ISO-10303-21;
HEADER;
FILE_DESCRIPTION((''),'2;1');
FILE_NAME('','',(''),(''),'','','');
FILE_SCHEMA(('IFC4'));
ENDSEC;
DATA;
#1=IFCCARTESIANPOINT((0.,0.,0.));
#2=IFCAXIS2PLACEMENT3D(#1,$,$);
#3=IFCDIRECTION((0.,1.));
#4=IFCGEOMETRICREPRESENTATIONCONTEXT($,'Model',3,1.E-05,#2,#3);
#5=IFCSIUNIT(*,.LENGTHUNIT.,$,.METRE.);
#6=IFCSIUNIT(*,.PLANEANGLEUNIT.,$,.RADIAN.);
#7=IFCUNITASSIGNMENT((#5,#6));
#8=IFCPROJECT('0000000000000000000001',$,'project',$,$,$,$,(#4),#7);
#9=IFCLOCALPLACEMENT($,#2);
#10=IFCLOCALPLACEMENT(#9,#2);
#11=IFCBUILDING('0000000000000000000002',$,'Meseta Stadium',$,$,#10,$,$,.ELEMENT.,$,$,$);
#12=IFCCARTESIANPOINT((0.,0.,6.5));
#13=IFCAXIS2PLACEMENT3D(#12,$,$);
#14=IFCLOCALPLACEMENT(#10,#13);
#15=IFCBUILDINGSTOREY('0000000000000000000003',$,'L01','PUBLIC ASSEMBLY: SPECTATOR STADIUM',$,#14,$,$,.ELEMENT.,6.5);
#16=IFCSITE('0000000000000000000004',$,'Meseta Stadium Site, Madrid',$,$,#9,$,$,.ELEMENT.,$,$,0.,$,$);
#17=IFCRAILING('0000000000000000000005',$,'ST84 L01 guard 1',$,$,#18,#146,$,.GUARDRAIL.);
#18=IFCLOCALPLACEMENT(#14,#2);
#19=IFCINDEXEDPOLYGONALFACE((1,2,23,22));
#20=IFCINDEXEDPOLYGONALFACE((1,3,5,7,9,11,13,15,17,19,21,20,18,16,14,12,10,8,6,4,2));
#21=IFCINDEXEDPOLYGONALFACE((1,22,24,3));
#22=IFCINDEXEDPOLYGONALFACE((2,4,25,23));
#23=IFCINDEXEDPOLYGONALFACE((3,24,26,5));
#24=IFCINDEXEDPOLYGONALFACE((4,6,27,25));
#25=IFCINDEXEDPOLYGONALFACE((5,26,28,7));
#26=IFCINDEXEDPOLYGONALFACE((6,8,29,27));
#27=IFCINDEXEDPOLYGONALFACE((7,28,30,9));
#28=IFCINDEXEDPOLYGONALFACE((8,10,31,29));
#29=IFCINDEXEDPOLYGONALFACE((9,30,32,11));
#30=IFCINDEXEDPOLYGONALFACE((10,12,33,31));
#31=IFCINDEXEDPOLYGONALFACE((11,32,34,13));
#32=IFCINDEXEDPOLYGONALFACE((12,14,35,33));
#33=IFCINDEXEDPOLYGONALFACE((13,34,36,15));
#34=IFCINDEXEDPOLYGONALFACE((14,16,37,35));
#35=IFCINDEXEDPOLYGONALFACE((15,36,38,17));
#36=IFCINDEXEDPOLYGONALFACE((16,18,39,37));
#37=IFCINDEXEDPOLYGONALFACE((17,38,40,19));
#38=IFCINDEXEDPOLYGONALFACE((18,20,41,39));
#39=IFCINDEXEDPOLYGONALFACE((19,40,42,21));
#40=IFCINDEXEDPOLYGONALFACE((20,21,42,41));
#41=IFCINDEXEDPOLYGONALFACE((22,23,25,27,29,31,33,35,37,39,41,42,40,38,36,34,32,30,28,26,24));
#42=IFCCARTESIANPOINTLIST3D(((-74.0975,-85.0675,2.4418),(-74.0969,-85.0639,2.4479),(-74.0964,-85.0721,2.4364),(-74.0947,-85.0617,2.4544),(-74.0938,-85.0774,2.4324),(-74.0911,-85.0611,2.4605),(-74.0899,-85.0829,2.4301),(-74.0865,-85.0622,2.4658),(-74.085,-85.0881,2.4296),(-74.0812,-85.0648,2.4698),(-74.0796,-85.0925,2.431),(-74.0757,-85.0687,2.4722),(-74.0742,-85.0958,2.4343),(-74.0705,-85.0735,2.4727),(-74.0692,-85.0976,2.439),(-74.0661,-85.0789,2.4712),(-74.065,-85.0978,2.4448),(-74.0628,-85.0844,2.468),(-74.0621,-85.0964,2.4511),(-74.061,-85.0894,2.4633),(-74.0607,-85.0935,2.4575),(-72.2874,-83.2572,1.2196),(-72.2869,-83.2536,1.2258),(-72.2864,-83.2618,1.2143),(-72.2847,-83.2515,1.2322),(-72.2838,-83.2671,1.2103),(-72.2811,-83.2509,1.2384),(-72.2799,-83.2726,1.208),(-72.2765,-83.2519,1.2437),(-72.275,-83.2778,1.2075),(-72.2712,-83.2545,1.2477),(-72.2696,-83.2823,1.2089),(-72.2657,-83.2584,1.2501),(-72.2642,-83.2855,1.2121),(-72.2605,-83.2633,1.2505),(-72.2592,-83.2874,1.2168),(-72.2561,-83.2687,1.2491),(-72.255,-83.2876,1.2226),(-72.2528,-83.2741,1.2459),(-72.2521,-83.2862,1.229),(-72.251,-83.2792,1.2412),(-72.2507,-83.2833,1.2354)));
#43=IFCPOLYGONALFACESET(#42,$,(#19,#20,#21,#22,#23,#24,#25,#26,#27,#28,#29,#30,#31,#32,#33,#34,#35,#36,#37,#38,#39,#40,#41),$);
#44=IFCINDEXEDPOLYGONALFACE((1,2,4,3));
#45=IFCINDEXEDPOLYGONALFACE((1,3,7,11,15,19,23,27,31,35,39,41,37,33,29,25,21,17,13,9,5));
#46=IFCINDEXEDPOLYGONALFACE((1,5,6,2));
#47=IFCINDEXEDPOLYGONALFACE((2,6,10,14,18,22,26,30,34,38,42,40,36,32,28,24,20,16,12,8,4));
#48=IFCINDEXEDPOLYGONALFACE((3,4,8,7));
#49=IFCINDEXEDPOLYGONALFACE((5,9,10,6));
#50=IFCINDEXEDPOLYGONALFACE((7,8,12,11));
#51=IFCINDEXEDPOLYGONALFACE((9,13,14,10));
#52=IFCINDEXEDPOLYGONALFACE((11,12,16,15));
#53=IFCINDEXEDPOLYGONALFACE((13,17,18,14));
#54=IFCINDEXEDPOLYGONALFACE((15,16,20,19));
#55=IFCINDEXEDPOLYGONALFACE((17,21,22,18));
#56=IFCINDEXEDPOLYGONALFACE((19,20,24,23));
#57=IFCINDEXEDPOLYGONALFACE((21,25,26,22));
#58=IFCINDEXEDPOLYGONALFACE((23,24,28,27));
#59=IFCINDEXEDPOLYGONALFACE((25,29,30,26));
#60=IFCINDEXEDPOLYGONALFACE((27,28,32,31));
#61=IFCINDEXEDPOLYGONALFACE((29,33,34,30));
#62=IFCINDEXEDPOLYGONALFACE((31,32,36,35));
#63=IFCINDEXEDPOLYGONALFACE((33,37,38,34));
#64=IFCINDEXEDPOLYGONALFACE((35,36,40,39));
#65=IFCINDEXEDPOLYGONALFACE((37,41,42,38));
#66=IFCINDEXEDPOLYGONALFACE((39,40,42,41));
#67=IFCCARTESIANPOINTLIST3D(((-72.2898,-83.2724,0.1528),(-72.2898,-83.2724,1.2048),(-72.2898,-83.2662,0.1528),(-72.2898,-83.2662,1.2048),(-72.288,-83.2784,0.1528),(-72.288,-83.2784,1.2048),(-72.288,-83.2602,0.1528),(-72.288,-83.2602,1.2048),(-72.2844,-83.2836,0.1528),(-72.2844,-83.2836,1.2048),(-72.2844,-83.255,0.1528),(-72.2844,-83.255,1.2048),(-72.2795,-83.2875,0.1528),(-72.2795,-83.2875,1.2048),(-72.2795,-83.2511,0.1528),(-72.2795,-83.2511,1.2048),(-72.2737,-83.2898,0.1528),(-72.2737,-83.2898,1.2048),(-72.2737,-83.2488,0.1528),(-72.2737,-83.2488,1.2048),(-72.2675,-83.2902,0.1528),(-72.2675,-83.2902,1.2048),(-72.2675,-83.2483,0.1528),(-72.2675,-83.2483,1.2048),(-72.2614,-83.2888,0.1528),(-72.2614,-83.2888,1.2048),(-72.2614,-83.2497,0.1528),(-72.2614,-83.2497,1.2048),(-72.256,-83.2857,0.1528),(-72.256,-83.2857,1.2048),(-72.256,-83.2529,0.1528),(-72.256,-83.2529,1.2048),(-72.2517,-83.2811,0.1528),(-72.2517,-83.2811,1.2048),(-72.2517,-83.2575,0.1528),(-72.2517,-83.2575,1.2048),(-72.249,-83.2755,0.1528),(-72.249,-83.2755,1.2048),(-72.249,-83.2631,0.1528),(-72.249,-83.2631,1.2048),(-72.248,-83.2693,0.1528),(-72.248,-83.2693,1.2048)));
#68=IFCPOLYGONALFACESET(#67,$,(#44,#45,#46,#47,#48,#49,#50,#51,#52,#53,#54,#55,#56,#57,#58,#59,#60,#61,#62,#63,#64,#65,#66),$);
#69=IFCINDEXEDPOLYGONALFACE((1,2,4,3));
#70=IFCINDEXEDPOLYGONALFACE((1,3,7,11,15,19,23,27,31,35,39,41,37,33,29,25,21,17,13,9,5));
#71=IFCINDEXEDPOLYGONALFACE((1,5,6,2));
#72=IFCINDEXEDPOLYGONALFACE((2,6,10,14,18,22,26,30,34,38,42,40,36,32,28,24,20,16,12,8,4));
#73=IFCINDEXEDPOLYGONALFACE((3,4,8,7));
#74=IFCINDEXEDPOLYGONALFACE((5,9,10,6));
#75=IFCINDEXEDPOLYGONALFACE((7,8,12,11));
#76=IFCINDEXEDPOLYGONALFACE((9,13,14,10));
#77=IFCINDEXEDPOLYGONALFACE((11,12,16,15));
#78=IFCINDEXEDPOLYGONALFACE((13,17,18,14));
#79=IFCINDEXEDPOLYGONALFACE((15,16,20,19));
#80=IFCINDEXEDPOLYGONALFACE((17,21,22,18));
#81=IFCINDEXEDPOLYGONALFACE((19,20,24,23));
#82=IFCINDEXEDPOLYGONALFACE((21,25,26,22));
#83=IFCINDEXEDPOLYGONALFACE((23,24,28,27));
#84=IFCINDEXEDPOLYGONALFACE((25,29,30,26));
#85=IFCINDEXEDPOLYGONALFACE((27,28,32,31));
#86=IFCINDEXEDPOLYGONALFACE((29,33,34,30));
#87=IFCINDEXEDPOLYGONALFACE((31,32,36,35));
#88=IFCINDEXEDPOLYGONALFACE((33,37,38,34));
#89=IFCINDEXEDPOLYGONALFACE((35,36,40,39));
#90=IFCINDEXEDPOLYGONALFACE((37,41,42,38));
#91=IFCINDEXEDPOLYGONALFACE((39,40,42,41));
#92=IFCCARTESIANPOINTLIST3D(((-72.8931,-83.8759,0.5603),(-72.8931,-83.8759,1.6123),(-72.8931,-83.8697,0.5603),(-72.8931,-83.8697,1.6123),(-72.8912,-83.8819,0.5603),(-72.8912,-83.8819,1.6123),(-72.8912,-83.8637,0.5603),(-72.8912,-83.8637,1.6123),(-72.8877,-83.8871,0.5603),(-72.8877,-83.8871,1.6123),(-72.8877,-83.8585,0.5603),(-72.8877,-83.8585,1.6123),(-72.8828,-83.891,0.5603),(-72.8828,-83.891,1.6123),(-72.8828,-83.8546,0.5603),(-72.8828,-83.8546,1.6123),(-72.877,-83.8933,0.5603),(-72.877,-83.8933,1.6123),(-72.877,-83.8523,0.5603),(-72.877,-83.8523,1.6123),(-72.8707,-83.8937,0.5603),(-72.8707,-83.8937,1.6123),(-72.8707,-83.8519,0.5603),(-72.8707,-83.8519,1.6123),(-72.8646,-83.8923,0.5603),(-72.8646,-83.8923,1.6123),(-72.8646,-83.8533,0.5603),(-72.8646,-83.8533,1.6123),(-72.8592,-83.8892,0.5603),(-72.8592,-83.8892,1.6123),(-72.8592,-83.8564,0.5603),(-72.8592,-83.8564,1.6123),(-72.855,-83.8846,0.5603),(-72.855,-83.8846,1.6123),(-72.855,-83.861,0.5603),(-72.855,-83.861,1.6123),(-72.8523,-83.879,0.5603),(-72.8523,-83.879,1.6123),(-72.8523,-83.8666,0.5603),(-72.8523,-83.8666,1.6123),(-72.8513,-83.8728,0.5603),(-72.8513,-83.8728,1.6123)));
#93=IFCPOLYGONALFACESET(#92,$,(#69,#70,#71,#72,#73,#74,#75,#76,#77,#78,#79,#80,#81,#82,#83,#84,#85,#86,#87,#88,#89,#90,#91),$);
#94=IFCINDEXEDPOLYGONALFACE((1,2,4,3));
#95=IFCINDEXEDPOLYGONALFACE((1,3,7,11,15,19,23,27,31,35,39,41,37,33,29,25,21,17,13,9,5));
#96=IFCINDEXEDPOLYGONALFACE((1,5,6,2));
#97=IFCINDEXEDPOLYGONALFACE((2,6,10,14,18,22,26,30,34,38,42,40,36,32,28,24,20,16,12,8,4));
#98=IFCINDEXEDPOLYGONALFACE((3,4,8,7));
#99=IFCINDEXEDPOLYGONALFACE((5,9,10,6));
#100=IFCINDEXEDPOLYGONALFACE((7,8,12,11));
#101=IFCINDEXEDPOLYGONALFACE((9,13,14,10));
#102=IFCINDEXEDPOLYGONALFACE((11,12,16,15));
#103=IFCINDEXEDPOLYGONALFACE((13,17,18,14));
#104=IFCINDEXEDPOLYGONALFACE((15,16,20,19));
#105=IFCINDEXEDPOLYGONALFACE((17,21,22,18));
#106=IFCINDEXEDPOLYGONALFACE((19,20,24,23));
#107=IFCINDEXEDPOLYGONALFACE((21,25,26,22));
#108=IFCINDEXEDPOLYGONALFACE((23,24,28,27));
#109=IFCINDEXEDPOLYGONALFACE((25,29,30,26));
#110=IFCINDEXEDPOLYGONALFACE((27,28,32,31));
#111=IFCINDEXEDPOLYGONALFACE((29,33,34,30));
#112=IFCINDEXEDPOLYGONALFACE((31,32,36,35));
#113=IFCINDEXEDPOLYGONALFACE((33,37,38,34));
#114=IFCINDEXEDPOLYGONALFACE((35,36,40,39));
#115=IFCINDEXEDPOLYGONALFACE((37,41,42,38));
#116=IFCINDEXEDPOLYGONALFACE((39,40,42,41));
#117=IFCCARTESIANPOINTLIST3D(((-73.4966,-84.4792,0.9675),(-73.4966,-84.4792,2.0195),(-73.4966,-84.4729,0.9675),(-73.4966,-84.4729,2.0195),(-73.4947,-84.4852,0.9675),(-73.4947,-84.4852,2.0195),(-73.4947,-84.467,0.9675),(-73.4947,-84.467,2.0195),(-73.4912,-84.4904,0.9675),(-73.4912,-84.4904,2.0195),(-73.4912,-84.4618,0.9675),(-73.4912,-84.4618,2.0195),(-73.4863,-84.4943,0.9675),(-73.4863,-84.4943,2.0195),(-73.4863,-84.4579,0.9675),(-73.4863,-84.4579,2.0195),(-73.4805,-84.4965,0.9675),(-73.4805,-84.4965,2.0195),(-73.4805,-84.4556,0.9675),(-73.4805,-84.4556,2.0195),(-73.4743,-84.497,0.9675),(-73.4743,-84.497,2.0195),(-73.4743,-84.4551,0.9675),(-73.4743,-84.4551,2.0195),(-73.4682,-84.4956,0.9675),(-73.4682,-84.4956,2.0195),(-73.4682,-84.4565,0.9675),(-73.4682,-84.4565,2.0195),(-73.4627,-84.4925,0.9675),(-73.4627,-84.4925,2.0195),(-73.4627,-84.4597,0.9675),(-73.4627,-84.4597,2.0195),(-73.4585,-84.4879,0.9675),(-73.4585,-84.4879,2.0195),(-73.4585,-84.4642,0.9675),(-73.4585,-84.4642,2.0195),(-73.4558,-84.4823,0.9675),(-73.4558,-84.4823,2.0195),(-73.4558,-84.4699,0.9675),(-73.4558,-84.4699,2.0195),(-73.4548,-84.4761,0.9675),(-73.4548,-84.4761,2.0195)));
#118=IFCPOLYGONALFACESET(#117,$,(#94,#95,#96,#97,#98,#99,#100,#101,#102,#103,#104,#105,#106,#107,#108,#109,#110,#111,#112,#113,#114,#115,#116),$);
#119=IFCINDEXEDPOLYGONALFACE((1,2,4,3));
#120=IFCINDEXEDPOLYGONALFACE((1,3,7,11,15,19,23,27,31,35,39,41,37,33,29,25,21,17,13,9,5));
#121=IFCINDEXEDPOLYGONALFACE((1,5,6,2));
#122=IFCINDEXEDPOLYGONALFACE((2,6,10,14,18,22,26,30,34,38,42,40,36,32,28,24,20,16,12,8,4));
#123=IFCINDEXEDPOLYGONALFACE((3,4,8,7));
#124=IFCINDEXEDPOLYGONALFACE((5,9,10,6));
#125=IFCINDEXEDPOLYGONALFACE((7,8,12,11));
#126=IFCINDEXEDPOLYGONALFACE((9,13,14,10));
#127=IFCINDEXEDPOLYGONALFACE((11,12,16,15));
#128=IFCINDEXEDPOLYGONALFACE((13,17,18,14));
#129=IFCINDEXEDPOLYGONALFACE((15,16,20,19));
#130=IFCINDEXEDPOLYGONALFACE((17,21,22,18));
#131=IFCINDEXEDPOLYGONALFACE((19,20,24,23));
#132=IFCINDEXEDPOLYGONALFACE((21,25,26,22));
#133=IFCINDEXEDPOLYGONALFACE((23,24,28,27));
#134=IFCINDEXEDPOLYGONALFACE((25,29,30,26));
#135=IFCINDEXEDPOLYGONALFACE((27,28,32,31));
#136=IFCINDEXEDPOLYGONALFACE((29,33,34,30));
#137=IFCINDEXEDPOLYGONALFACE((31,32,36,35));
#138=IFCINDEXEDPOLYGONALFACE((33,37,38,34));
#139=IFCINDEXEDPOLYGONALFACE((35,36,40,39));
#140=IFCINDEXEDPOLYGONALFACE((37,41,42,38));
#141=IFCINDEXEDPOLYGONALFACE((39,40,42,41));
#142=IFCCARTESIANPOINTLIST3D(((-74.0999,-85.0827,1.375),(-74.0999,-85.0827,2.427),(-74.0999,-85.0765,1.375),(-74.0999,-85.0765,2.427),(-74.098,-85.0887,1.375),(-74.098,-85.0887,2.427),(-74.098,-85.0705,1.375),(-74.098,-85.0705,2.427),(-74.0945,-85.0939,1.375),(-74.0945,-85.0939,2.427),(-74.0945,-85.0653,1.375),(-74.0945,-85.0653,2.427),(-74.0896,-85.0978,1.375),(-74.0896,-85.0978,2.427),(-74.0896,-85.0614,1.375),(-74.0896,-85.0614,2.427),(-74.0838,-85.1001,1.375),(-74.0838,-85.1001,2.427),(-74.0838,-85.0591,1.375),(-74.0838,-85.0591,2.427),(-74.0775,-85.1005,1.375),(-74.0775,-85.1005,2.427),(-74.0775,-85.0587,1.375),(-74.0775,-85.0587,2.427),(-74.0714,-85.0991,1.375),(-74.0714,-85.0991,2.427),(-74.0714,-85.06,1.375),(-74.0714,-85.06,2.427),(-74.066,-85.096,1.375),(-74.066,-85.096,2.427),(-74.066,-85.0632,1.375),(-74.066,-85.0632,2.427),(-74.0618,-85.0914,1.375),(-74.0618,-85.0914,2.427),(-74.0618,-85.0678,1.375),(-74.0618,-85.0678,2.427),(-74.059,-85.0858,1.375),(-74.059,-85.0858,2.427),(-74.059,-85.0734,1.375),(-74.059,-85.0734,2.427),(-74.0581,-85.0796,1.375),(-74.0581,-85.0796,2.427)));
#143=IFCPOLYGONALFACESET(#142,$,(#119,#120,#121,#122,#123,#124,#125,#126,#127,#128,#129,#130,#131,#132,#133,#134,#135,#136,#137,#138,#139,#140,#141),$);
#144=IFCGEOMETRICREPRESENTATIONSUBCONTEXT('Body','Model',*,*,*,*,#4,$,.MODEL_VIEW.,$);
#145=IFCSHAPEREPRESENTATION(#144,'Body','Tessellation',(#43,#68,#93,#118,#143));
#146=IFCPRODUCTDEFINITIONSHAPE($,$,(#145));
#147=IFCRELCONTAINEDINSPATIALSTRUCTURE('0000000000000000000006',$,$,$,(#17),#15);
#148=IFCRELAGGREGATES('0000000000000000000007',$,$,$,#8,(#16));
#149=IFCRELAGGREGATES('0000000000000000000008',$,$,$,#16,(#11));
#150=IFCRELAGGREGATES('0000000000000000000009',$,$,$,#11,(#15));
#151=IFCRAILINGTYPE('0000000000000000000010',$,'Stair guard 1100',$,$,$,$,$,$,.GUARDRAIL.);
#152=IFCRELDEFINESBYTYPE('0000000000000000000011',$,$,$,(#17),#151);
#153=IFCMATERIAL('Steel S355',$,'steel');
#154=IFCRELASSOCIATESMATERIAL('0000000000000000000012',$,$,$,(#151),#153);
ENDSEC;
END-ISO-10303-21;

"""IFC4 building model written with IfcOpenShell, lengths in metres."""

from ifc_helpers import new_model, si_unit, direction, frame, origin, origin_2d, place, context, subcontext, project, spatial, circle, extrude, material, type_object, element, save


model = new_model("IFC4")

# Units and contexts
model_context = context("Model", 3, precision=1e-05, world=origin(), true_north=direction((0.0, 1.0)))
body_context = subcontext(model_context, "Body", "Model", "MODEL_VIEW")
ifc_project = project(units=[si_unit("LENGTHUNIT", "METRE"), si_unit("PLANEANGLEUNIT", "RADIAN")], contexts=[model_context])

# Site, building, storey
site_placement = place(None, origin())
site = spatial("IfcSite", under=ifc_project, at=site_placement, Name="Meseta Stadium Site, Madrid", CompositionType="ELEMENT", RefElevation=0.0)
building_placement = place(site_placement, origin())
building = spatial("IfcBuilding", under=site, at=building_placement, Name="Meseta Stadium", CompositionType="ELEMENT")
storey_placement = place(building_placement, frame((0.0, 0.0, 6.5)))
storey = spatial("IfcBuildingStorey", under=building, at=storey_placement, Name="L01", Description="PUBLIC ASSEMBLY: SPECTATOR STADIUM", CompositionType="ELEMENT", Elevation=6.5)

# Railing
ifc_material_1 = material(Name="Steel S355", Category="steel")
railing_type = type_object("IfcRailingType", Name="Stair guard 1100", PredefinedType="GUARDRAIL", material=ifc_material_1)
railing_1_placement = place(storey_placement, frame((-72.269, -83.2693, 0.1528)))
element("IfcRailing", 1, at=railing_1_placement, inside=storey, type_object=railing_type, Name="ST84 L01 guard 1", PredefinedType="GUARDRAIL", context=body_context, shape_type="SweptSolid", body=[
    extrude(circle(Radius=0.0239, at=origin_2d()), frame((0.0, 0.0, 1.0762), z_axis=(-0.638073, -0.638159, 0.430832), x_axis=(0.707154, -0.707059, 0.0)), (0.0, 0.0, 1.0), 2.8367),
    extrude(circle(Radius=0.021, at=origin_2d()), origin(), (0.0, 0.0, 1.0), 1.052),
    extrude(circle(Radius=0.021, at=origin_2d()), frame((-0.6033, -0.6035, 0.4075)), (0.0, 0.0, 1.0), 1.052),
    extrude(circle(Radius=0.021, at=origin_2d()), frame((-1.2068, -1.2068, 0.8147)), (0.0, 0.0, 1.0), 1.052),
    extrude(circle(Radius=0.021, at=origin_2d()), frame((-1.8101, -1.8103, 1.2222)), (0.0, 0.0, 1.0), 1.052),
])

save(model, "model.ifc")
